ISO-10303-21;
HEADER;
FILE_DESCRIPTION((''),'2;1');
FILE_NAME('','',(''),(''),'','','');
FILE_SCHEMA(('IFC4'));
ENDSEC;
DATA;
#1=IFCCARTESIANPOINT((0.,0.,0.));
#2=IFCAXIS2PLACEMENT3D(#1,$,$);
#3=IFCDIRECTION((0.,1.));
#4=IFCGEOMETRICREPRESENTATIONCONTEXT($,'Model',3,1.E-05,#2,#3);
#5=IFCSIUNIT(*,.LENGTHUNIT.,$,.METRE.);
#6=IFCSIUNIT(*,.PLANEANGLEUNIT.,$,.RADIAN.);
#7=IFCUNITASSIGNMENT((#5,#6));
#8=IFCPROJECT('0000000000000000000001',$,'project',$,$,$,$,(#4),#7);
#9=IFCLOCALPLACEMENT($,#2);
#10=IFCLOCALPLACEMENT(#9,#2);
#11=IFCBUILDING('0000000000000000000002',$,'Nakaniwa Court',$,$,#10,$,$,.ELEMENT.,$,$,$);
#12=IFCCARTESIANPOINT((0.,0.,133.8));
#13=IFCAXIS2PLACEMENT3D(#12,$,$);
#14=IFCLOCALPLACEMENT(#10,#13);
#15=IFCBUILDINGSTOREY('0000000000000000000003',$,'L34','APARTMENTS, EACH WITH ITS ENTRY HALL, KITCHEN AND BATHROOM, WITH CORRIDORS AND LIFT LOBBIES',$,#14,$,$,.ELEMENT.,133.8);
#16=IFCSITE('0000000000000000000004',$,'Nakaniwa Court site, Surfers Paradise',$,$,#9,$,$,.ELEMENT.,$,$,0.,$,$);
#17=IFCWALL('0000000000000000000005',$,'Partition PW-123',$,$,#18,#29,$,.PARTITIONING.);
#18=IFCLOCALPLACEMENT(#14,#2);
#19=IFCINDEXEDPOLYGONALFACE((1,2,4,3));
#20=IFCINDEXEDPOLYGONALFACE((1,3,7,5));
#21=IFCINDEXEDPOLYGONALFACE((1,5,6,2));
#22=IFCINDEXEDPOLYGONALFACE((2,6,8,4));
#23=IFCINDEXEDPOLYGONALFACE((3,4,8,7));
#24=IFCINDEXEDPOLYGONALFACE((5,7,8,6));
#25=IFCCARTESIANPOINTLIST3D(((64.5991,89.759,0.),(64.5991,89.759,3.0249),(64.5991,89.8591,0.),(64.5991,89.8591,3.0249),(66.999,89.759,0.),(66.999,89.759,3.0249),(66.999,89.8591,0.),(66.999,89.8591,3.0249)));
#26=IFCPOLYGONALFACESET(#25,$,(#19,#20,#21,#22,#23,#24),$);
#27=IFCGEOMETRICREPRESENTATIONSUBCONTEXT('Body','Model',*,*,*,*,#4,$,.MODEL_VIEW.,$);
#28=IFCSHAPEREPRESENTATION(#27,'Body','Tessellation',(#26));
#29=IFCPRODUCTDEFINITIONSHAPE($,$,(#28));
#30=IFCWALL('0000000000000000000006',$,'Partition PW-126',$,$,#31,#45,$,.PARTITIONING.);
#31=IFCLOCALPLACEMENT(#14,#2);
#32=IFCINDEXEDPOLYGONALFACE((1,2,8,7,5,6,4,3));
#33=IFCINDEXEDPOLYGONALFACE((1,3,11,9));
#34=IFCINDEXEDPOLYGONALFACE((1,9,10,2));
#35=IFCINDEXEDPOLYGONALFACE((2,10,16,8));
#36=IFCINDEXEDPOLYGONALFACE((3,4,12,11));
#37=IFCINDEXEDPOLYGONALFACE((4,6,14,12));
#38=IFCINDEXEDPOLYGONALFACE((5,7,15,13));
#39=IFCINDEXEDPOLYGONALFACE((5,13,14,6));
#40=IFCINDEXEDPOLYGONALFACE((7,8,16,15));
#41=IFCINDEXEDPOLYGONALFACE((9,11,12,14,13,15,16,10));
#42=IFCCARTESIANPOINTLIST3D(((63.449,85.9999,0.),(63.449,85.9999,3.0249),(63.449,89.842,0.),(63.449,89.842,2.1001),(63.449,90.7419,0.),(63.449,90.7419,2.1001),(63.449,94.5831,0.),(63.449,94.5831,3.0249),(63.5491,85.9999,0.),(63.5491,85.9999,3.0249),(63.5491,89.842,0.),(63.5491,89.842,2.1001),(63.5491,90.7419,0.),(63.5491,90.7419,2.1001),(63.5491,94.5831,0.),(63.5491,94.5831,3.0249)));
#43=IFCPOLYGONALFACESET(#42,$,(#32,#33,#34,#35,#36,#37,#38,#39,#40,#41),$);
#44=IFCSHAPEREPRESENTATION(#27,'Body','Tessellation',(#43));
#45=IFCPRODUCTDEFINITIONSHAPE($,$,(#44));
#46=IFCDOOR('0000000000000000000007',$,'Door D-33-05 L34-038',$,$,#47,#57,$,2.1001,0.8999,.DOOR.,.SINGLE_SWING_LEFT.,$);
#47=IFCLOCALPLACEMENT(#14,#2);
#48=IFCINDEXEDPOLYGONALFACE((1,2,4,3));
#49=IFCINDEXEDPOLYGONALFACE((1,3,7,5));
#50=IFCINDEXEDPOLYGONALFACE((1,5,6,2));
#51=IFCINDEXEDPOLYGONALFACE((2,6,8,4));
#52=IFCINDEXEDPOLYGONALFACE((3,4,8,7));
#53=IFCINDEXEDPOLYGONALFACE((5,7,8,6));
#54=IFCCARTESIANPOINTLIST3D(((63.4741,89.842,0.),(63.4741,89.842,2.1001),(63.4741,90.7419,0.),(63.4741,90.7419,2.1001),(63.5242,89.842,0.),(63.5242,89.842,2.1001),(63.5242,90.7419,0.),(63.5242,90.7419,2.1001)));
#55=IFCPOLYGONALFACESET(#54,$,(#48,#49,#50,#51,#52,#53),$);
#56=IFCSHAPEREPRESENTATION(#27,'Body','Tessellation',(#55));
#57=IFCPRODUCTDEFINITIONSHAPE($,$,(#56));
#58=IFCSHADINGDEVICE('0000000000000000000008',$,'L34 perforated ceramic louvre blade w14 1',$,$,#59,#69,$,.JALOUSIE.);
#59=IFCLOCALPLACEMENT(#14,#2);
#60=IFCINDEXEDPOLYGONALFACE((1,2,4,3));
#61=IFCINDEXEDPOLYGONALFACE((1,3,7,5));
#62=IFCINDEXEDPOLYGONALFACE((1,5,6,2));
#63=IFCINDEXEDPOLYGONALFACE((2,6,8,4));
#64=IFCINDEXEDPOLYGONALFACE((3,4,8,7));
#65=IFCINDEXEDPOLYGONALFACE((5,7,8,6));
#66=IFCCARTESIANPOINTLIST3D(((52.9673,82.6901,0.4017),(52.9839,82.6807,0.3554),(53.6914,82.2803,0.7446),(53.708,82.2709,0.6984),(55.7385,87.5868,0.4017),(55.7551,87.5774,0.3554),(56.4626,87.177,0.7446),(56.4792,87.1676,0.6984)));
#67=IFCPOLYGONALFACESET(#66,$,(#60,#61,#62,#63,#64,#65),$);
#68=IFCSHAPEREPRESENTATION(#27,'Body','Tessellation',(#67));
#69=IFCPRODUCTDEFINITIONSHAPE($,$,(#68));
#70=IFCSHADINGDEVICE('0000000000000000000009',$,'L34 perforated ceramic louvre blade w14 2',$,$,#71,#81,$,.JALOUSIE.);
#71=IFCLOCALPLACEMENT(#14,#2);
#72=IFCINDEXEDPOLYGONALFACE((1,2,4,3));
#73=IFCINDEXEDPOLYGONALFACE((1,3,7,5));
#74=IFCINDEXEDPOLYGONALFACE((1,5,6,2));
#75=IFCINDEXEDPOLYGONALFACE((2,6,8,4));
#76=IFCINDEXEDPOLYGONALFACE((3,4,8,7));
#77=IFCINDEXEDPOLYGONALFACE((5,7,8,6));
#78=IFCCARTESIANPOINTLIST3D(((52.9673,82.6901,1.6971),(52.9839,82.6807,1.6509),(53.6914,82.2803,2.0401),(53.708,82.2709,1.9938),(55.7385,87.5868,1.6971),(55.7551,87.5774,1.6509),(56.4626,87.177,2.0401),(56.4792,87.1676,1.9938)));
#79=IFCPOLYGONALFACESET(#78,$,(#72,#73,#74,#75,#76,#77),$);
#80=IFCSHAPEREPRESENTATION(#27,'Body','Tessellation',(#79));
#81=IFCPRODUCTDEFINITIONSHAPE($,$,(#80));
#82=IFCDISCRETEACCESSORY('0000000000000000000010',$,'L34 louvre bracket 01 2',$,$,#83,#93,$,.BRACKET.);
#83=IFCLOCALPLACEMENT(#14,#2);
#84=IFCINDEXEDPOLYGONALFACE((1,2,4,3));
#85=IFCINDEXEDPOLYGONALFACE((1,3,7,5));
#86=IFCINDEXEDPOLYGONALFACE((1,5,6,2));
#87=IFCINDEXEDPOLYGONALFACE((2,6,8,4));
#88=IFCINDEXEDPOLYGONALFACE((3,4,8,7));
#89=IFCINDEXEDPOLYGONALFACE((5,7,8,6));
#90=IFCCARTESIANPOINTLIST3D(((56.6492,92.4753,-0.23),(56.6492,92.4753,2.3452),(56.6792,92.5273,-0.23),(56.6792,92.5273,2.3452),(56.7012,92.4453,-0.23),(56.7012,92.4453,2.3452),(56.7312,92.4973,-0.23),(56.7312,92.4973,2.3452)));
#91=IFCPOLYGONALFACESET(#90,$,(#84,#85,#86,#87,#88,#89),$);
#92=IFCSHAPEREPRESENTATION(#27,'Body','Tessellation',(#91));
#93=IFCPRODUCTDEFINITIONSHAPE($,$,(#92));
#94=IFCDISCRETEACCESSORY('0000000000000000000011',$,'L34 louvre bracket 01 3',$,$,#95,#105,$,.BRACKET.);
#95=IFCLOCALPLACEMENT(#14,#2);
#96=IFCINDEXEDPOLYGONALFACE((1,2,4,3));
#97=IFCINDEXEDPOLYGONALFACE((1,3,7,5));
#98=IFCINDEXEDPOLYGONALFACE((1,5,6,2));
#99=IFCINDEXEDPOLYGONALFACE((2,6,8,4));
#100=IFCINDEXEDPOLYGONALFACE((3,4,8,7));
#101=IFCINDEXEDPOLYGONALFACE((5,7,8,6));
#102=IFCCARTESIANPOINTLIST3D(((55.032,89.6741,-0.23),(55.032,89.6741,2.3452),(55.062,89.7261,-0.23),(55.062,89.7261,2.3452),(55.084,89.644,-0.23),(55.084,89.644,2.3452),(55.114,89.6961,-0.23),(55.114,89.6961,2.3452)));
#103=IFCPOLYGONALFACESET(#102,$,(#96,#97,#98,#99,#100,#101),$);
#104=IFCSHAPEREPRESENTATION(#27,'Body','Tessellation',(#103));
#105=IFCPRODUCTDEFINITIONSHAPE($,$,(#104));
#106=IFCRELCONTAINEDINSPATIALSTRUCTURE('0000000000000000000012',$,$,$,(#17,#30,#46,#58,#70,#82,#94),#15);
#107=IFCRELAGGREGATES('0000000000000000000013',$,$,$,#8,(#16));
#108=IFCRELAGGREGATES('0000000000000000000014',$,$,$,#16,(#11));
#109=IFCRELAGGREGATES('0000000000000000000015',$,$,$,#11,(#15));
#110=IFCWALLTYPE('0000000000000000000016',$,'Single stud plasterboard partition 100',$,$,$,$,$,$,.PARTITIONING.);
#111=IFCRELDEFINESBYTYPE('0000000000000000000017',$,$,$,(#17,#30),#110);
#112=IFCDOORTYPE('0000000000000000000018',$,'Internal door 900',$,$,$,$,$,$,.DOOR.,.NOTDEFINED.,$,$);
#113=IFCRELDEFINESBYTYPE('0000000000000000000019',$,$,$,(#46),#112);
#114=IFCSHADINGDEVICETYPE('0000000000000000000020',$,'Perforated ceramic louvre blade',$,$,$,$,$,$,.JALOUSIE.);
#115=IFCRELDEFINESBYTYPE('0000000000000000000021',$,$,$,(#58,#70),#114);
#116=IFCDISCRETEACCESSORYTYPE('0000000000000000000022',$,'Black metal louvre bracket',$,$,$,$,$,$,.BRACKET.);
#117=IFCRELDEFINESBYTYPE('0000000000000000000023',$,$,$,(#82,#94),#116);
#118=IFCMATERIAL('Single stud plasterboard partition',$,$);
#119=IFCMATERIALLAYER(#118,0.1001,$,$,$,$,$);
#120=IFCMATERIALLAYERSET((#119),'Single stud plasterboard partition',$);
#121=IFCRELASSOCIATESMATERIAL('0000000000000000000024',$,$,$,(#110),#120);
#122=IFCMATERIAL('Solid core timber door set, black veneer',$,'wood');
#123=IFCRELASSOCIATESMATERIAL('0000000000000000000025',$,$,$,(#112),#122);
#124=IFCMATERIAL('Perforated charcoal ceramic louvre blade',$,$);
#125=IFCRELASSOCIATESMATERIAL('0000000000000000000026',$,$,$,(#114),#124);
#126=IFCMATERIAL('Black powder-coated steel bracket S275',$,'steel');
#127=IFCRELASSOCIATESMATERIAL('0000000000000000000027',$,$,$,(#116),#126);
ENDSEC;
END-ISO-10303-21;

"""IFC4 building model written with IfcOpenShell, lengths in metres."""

from ifc_helpers import new_model, si_unit, direction, frame, frame_2d, origin, origin_2d, place, context, subcontext, project, spatial, rectangle, extrude, material, layer, layer_set, material_profile, profile_set, type_object, element, fill, save


model = new_model("IFC4")

# Units and contexts
model_context = context("Model", 3, precision=1e-05, world=origin(), true_north=direction((0.0, 1.0)))
body_context = subcontext(model_context, "Body", "Model", "MODEL_VIEW")
ifc_project = project(units=[si_unit("LENGTHUNIT", "METRE"), si_unit("PLANEANGLEUNIT", "RADIAN")], contexts=[model_context])

# Site, building, storey
site_placement = place(None, origin())
site = spatial("IfcSite", under=ifc_project, at=site_placement, Name="Nakaniwa Court site, Surfers Paradise", CompositionType="ELEMENT", RefElevation=0.0)
building_placement = place(site_placement, origin())
building = spatial("IfcBuilding", under=site, at=building_placement, Name="Nakaniwa Court", CompositionType="ELEMENT")
storey_placement = place(building_placement, frame((0.0, 0.0, 133.8)))
storey = spatial("IfcBuildingStorey", under=building, at=storey_placement, Name="L34", Description="APARTMENTS, EACH WITH ITS ENTRY HALL, KITCHEN AND BATHROOM, WITH CORRIDORS AND LIFT LOBBIES", CompositionType="ELEMENT", Elevation=133.8)

# Shared definitions
ifc_material_1 = material(Name="Single stud plasterboard partition")
ifc_layer_1 = layer(ifc_material_1, 0.1001)
ifc_layer_set_1 = layer_set([ifc_layer_1], Name="Single stud plasterboard partition")
wall_type_1 = type_object("IfcWallType", Name="Single stud plasterboard partition 100", PredefinedType="PARTITIONING", material=ifc_layer_set_1)
ifc_material_2 = material(Name="Solid core timber door set, black veneer", Category="wood")
door_type_1 = type_object("IfcDoorType", Name="Internal door 900", OperationType="NOTDEFINED", PredefinedType="DOOR", material=ifc_material_2)

# Wall
wall_1_placement = place(storey_placement, frame((64.5991, 89.8091, 0.0), z_axis=(0.0, 0.0, 1.0), x_axis=(1.0, 0.0, 0.0)))
element("IfcWall", 1, at=wall_1_placement, inside=storey, type_object=wall_type_1, Name="Partition PW-123", PredefinedType="PARTITIONING", context=body_context, shape_type="SweptSolid", body=[
    extrude(rectangle(XDim=2.3999, YDim=0.1001, at=frame_2d((1.2, 0.0))), origin(), (0.0, 0.0, 1.0), 3.0249),
])

# Wall, opening, door
wall_2_placement = place(storey_placement, frame((63.499, 86.0, 0.0), z_axis=(0.0, 0.0, 1.0), x_axis=(0.0, 1.0, 0.0)))
wall_2 = element("IfcWall", 2, at=wall_2_placement, inside=storey, type_object=wall_type_1, Name="Partition PW-126", PredefinedType="PARTITIONING", context=body_context, shape_type="SweptSolid", body=[
    extrude(rectangle(XDim=8.5833, YDim=0.1001, at=frame_2d((4.2915, 0.0))), origin(), (0.0, 0.0, 1.0), 3.0249),
])
opening_1_placement = place(wall_2_placement, frame((3.842, 0.0, 0.0)))
opening_1 = element("IfcOpeningElement", 3, at=opening_1_placement, cuts=wall_2, PredefinedType="OPENING", context=body_context, shape_type="SweptSolid", body=[
    extrude(rectangle(XDim=0.8999, YDim=2.1001, at=frame_2d((0.45, 1.05))), frame((0.0, 0.0601, 0.0), z_axis=(0.0, -1.0, 0.0), x_axis=(1.0, 0.0, 0.0)), (0.0, 0.0, 1.0), 0.1201),
])
door_1_placement = place(opening_1_placement, origin())
door_1 = element("IfcDoor", 4, at=door_1_placement, inside=storey, type_object=door_type_1, Name="Door D-33-05 L34-038", OperationType="SINGLE_SWING_LEFT", OverallHeight=2.1001, OverallWidth=0.8999, PredefinedType="DOOR", context=body_context, shape_type="SweptSolid", body=[
    extrude(rectangle(XDim=0.8999, YDim=2.1001, at=frame_2d((0.45, 1.05))), frame((0.0, 0.0249, 0.0), z_axis=(0.0, -1.0, 0.0), x_axis=(1.0, 0.0, 0.0)), (0.0, 0.0, 1.0), 0.05),
])
fill(opening_1, door_1)

# Shading devices
ifc_material_3 = material(Name="Perforated charcoal ceramic louvre blade")
ifc_material_profile_1 = material_profile(ifc_material_3, rectangle(XDim=0.8999, YDim=0.05, at=origin_2d()), Name="Perforated ceramic louvre blade")
ifc_profile_set_1 = profile_set([ifc_material_profile_1], Name="Perforated charcoal ceramic louvre blade")
shading_device_type = type_object("IfcShadingDeviceType", Name="Perforated ceramic louvre blade", PredefinedType="JALOUSIE", material=ifc_profile_set_1)
for number, where, z_axis, x_axis, name in (
    (5, (56.1089, 87.3772, 0.55), (-0.492532, -0.870294, 0.0), (0.804627, -0.455368, 0.38107), "L34 perforated ceramic louvre blade w14 1"),
    (6, (56.1089, 87.3772, 1.8455), (-0.492532, -0.870294, 0.0), (0.804627, -0.455368, 0.38107), "L34 perforated ceramic louvre blade w14 2"),
):
    element("IfcShadingDevice", number, at=place(storey_placement, frame(where, z_axis=z_axis, x_axis=x_axis)), inside=storey, type_object=shading_device_type, Name=name, PredefinedType="JALOUSIE", context=body_context, shape_type="SweptSolid", body=[
        extrude(rectangle(XDim=0.8999, YDim=0.05, at=origin_2d()), origin(), (0.0, 0.0, 1.0), 5.6265),
    ])

# Discrete accessories
ifc_material_4 = material(Name="Black powder-coated steel bracket S275", Category="steel")
discrete_accessory_type = type_object("IfcDiscreteAccessoryType", Name="Black metal louvre bracket", PredefinedType="BRACKET", material=ifc_material_4)
for number, where, z_axis, x_axis, name in (
    (7, (56.6902, 92.4863, -0.23), (0.0, 0.0, 1.0), (-0.499976, -0.866039, 0.0), "L34 louvre bracket 01 2"),
    (8, (55.073, 89.6851, -0.23), (0.0, 0.0, 1.0), (-0.499976, -0.866039, 0.0), "L34 louvre bracket 01 3"),
):
    element("IfcDiscreteAccessory", number, at=place(storey_placement, frame(where, z_axis=z_axis, x_axis=x_axis)), inside=storey, type_object=discrete_accessory_type, Name=name, PredefinedType="BRACKET", context=body_context, shape_type="SweptSolid", body=[
        extrude(rectangle(XDim=0.0601, YDim=0.0601, at=origin_2d()), origin(), (0.0, 0.0, 1.0), 2.5752),
    ])

save(model, "model.ifc")
